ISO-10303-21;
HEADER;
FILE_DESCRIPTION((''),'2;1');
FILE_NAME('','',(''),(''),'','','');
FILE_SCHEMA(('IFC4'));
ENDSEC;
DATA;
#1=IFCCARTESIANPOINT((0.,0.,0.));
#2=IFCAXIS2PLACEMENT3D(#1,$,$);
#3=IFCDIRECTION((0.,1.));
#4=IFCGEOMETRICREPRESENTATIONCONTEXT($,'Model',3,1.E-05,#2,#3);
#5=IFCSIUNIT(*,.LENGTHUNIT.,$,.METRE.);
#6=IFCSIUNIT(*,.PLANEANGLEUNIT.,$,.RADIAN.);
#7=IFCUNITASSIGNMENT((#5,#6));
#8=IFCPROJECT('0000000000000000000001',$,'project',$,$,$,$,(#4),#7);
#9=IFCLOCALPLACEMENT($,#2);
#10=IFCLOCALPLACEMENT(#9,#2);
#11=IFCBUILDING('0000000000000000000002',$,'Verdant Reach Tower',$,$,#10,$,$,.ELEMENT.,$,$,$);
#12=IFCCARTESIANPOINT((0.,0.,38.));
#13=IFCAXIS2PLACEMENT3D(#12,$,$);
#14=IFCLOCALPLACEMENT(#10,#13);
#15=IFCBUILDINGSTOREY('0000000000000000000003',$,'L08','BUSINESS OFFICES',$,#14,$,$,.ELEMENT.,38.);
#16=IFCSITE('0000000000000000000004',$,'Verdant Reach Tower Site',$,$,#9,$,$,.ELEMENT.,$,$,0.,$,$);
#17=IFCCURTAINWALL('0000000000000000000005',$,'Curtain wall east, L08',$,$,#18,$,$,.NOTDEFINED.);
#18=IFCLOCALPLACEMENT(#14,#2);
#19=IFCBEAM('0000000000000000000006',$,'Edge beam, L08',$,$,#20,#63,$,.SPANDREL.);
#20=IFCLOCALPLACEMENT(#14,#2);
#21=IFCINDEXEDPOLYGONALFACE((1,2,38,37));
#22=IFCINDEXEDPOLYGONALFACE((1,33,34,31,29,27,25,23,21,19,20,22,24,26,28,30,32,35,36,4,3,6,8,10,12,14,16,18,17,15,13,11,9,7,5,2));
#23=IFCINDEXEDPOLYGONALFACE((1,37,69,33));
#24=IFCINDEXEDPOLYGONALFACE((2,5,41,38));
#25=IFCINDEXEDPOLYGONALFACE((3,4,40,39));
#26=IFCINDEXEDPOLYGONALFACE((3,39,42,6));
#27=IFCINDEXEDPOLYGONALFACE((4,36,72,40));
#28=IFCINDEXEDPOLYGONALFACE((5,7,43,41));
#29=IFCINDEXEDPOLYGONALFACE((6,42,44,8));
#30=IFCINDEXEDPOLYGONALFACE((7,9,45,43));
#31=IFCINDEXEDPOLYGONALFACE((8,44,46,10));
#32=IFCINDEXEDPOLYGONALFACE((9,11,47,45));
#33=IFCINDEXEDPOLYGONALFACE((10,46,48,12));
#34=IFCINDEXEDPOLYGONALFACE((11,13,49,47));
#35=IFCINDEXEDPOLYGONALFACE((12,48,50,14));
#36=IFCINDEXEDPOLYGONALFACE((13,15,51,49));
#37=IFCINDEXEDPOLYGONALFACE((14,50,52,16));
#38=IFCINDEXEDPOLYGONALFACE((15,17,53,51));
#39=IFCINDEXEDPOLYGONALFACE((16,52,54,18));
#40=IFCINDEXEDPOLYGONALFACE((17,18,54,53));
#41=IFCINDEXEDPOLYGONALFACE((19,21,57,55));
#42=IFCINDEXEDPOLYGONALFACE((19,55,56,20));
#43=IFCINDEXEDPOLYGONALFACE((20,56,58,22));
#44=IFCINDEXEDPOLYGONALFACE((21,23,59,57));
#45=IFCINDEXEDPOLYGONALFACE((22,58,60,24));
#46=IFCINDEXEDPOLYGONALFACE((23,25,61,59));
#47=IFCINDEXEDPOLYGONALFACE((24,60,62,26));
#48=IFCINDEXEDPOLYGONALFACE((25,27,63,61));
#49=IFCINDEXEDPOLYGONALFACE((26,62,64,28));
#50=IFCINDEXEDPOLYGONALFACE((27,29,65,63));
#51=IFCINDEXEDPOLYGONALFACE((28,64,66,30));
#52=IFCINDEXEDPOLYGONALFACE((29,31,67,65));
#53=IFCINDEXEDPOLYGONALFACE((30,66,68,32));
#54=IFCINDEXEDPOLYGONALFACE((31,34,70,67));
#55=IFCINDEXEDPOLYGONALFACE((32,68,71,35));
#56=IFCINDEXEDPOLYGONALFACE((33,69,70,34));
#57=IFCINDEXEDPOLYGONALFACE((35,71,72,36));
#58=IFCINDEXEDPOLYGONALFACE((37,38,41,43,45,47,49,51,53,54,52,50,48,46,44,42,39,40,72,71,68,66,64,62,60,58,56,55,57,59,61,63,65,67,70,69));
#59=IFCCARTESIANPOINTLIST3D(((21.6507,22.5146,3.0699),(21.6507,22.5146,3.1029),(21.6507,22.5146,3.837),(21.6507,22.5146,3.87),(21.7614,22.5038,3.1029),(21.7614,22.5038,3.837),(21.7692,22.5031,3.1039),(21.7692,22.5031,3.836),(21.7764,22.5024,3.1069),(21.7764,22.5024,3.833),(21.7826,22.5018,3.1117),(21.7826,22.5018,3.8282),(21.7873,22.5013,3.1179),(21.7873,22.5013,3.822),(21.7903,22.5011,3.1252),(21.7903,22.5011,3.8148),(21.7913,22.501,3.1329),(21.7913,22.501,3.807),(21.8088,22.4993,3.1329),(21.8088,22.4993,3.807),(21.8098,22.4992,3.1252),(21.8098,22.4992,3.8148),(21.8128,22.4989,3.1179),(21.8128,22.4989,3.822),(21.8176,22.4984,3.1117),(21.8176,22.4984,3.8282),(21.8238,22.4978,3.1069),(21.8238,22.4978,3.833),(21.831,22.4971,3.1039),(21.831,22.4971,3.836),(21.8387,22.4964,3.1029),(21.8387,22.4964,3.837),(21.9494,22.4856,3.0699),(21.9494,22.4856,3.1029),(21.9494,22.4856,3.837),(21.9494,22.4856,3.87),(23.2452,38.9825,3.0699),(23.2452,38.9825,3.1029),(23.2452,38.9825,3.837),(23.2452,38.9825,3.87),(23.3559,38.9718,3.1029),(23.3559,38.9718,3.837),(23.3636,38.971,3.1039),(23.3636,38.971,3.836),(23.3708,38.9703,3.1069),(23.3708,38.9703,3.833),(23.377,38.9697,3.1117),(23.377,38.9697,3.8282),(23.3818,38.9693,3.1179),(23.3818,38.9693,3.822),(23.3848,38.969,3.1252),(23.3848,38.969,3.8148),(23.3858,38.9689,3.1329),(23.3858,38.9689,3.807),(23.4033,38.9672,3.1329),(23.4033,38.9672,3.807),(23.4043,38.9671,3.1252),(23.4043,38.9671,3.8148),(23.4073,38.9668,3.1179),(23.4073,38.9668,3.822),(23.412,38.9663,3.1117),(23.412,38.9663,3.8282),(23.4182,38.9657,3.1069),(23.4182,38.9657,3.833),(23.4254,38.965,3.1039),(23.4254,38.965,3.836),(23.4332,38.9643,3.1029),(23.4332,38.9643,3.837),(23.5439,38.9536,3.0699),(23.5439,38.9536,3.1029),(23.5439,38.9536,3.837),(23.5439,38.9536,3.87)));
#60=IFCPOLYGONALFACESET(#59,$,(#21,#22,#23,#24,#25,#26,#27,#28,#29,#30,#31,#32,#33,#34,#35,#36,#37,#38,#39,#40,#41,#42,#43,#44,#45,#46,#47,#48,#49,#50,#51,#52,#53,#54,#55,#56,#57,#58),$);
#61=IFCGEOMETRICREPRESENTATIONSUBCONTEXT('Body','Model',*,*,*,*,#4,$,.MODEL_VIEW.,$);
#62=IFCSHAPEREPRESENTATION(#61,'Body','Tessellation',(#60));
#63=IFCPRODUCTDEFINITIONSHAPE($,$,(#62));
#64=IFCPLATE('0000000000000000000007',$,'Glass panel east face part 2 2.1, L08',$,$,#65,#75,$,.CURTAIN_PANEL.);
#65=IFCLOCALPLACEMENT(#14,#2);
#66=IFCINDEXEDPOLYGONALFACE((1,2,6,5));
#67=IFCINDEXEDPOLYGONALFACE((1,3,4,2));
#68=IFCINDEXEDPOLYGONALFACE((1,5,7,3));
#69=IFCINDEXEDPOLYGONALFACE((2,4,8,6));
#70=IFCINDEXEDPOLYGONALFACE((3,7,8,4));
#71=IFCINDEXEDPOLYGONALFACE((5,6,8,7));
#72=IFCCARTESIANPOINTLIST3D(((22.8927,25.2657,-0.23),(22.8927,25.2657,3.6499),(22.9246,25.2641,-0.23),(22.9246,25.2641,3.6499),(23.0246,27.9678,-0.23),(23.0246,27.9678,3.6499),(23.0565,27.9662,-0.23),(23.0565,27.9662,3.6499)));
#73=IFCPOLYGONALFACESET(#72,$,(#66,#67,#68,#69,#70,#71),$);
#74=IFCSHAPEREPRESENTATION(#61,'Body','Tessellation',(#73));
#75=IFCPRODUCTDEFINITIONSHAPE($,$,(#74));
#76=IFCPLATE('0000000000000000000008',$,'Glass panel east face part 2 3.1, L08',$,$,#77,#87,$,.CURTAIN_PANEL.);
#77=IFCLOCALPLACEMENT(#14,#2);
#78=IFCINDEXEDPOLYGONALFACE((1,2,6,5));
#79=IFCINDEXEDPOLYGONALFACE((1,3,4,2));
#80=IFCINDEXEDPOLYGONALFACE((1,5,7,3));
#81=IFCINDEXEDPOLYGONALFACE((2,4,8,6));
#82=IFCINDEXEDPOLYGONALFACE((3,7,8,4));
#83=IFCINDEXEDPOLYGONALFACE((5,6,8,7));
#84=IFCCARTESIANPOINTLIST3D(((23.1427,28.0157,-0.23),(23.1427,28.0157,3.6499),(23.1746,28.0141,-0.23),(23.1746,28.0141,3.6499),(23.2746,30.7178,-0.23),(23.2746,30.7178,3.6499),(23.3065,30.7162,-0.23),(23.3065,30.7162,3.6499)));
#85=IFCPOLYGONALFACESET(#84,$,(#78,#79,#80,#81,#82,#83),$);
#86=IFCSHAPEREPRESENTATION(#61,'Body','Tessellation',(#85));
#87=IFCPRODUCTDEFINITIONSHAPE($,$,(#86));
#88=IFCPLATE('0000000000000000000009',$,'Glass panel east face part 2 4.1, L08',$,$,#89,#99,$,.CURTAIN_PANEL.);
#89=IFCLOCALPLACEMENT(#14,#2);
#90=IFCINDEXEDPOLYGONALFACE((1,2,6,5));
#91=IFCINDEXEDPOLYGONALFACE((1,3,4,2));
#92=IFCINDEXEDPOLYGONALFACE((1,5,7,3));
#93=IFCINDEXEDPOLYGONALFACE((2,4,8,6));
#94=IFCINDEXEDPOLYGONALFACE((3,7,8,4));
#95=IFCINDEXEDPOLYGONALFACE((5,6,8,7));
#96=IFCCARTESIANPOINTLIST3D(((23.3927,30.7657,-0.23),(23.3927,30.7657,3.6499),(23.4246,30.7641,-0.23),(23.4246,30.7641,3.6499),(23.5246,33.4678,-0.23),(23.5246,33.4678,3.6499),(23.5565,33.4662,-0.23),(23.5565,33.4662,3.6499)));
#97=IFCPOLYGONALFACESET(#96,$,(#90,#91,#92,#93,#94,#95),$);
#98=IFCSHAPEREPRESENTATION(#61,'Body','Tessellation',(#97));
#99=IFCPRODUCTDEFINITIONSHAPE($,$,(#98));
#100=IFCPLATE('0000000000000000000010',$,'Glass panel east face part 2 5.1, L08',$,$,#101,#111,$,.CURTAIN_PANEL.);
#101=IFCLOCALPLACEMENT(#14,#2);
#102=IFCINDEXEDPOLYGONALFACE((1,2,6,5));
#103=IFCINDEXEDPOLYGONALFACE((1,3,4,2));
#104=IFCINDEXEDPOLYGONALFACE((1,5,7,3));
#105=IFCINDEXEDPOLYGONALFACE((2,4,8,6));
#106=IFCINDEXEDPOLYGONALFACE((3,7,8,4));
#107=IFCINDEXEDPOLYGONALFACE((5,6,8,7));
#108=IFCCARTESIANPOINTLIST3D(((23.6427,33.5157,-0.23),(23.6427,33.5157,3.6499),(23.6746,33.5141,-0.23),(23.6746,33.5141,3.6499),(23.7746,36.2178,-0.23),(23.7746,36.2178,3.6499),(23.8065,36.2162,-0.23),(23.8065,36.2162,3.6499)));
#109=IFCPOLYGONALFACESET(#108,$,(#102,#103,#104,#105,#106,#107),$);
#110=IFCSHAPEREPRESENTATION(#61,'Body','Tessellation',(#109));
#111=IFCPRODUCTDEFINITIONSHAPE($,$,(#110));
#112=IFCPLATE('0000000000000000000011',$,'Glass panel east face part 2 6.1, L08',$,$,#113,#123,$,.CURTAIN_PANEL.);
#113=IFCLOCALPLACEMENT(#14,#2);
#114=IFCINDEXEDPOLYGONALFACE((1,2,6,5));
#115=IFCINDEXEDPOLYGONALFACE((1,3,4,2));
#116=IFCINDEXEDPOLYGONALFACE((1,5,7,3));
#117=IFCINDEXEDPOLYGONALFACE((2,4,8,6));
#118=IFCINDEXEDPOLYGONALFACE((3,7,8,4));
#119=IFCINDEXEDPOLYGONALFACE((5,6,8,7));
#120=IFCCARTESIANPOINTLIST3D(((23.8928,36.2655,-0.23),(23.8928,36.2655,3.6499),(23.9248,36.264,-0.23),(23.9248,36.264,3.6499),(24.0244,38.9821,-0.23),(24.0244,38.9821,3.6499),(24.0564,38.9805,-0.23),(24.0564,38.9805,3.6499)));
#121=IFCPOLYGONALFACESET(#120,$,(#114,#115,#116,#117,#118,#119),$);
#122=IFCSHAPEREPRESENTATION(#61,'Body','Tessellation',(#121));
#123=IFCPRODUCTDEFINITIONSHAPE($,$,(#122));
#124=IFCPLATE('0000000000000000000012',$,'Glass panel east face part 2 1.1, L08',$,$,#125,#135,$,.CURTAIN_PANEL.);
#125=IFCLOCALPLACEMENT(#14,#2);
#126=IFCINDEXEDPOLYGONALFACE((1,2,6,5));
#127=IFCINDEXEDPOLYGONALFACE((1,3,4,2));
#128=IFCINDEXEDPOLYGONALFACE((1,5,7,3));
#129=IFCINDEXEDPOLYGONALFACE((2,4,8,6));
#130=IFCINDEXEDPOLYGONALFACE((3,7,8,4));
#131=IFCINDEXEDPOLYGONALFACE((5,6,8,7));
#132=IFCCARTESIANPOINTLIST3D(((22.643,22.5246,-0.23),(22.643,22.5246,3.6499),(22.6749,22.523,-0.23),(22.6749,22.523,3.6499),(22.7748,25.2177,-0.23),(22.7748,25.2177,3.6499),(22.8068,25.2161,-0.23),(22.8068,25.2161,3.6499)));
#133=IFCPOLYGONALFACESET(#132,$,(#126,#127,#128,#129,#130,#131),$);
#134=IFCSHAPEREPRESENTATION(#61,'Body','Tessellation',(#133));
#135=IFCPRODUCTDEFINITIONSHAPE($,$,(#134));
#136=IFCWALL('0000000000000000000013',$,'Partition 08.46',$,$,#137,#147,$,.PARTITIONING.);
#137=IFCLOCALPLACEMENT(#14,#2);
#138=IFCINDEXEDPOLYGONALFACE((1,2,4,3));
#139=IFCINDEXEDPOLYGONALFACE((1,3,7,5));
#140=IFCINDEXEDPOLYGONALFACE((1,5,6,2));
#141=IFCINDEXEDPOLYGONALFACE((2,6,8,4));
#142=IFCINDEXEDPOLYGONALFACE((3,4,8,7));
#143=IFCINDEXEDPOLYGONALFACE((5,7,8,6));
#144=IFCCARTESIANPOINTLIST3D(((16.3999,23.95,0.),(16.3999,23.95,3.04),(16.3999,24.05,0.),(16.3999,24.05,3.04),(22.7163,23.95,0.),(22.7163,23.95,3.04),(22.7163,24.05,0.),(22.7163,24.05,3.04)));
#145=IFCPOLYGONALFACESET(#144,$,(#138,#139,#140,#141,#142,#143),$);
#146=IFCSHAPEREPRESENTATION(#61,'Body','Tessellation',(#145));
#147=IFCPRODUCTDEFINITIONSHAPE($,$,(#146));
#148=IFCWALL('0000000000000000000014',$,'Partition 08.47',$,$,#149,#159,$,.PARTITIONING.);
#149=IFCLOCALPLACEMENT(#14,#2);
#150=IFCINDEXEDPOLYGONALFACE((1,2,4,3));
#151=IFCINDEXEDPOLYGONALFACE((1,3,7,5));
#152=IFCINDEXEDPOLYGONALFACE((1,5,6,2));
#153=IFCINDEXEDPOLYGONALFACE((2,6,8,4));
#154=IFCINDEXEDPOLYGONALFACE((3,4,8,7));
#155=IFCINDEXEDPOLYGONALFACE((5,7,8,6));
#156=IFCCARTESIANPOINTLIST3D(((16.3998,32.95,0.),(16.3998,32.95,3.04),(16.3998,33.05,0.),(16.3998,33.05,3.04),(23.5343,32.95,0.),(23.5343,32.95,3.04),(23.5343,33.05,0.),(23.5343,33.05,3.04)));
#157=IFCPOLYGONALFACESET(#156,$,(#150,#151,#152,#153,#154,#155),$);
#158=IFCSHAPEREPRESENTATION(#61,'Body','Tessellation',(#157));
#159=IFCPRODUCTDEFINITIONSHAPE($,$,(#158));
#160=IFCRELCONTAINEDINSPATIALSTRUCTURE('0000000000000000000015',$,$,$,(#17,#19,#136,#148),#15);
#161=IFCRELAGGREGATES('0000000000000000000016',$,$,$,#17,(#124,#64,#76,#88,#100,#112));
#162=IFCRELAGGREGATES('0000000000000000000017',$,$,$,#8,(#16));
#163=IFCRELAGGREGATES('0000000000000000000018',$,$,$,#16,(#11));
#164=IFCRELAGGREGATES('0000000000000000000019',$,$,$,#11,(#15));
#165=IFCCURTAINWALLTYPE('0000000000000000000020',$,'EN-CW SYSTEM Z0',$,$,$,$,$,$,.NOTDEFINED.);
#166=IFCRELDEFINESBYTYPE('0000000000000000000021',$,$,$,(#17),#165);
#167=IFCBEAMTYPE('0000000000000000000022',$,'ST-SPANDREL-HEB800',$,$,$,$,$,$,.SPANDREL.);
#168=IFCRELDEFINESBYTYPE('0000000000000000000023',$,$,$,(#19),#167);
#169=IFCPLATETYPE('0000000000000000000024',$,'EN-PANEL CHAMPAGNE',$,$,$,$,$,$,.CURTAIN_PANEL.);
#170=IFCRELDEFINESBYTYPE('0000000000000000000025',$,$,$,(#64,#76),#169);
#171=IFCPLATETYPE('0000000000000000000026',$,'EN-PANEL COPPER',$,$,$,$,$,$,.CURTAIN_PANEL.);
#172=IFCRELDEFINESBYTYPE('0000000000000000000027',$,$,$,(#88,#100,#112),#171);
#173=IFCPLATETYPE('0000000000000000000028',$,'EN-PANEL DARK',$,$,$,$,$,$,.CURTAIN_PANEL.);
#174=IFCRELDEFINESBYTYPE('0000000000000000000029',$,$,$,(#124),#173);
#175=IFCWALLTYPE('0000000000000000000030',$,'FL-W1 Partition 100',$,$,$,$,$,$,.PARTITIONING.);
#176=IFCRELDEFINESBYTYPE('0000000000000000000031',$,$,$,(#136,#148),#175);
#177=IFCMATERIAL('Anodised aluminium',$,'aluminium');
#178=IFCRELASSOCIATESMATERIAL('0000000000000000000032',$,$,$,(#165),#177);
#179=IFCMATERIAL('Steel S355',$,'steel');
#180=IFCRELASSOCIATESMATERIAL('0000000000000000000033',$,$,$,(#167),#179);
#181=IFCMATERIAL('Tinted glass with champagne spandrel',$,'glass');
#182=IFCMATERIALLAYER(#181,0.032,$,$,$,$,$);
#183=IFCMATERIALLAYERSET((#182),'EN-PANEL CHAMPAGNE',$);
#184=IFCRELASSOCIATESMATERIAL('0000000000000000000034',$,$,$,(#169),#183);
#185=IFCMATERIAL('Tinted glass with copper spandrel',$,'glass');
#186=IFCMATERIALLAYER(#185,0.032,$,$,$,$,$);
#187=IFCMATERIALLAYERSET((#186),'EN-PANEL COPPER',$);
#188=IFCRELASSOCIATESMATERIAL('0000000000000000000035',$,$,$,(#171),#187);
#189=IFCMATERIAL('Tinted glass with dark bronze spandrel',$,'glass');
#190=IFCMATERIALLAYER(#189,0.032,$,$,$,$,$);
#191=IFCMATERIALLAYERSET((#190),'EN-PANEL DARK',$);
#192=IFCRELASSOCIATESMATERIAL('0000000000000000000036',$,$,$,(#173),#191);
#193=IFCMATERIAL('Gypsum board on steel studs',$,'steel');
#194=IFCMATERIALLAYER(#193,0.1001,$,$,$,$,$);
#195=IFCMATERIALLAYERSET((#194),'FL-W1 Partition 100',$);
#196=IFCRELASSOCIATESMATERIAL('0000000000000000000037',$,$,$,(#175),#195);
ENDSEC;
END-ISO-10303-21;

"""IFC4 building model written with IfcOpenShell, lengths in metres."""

from ifc_helpers import new_model, si_unit, direction, frame, frame_2d, origin, origin_2d, place, context, subcontext, project, spatial, rectangle, i_section, extrude, material, layer, layer_set, material_profile, profile_set, type_object, element, aggregate, save


model = new_model("IFC4")

# Units and contexts
model_context = context("Model", 3, precision=1e-05, world=origin(), true_north=direction((0.0, 1.0)))
body_context = subcontext(model_context, "Body", "Model", "MODEL_VIEW")
ifc_project = project(units=[si_unit("LENGTHUNIT", "METRE"), si_unit("PLANEANGLEUNIT", "RADIAN")], contexts=[model_context])

# Site, building, storey
site_placement = place(None, origin())
site = spatial("IfcSite", under=ifc_project, at=site_placement, Name="Verdant Reach Tower Site", CompositionType="ELEMENT", RefElevation=0.0)
building_placement = place(site_placement, origin())
building = spatial("IfcBuilding", under=site, at=building_placement, Name="Verdant Reach Tower", CompositionType="ELEMENT")
storey_placement = place(building_placement, frame((0.0, 0.0, 38.0)))
storey = spatial("IfcBuildingStorey", under=building, at=storey_placement, Name="L08", Description="BUSINESS OFFICES", CompositionType="ELEMENT", Elevation=38.0)

# Curtain wall
ifc_material_1 = material(Name="Anodised aluminium", Category="aluminium")
curtain_wall_type = type_object("IfcCurtainWallType", Name="EN-CW SYSTEM Z0", PredefinedType="NOTDEFINED", material=ifc_material_1)
curtain_wall_1_placement = place(storey_placement, origin())
curtain_wall_1 = element("IfcCurtainWall", 1, at=curtain_wall_1_placement, inside=storey, type_object=curtain_wall_type, Name="Curtain wall east, L08", PredefinedType="NOTDEFINED")

# Beam
ifc_material_2 = material(Name="Steel S355", Category="steel")
ifc_material_profile_1 = material_profile(ifc_material_2, i_section(OverallWidth=0.3, OverallDepth=0.8, WebThickness=0.0176, FlangeThickness=0.033, FilletRadius=0.03, at=origin_2d()), Name="HEB 800")
ifc_profile_set_1 = profile_set([ifc_material_profile_1], Name="Steel S355")
beam_type_1 = type_object("IfcBeamType", Name="ST-SPANDREL-HEB800", PredefinedType="SPANDREL", material=ifc_profile_set_1)
beam_1_placement = place(storey_placement, frame((23.3945, 38.968, 3.47), z_axis=(-0.096372, -0.995345, 0.0), x_axis=(0.995345, -0.096372, 0.0)))
element("IfcBeam", 2, at=beam_1_placement, inside=storey, type_object=beam_type_1, Name="Edge beam, L08", PredefinedType="SPANDREL", context=body_context, shape_type="SweptSolid", body=[
    extrude(i_section(OverallWidth=0.3, OverallDepth=0.8, WebThickness=0.0176, FlangeThickness=0.033, FilletRadius=0.03, at=origin_2d()), origin(), (0.0, 0.0, 1.0), 16.5449),
])

# Plates
ifc_material_3 = material(Name="Tinted glass with champagne spandrel", Category="glass")
ifc_layer_1 = layer(ifc_material_3, 0.032)
ifc_layer_set_1 = layer_set([ifc_layer_1], Name="EN-PANEL CHAMPAGNE")
plate_type_1 = type_object("IfcPlateType", Name="EN-PANEL CHAMPAGNE", PredefinedType="CURTAIN_PANEL", material=ifc_layer_set_1)
plate_1_placement = place(storey_placement, frame((22.9746, 26.616, -0.23), z_axis=(0.0, 0.0, 1.0), x_axis=(0.048753, 0.998811, 0.0)))
plate_1 = element("IfcPlate", 3, at=plate_1_placement, type_object=plate_type_1, Name="Glass panel east face part 2 2.1, L08", PredefinedType="CURTAIN_PANEL", context=body_context, shape_type="SweptSolid", body=[
    extrude(rectangle(XDim=2.7053, YDim=0.032, at=origin_2d()), origin(), (0.0, 0.0, 1.0), 3.8799),
])
plate_2_placement = place(storey_placement, frame((23.2246, 29.366, -0.23), z_axis=(0.0, 0.0, 1.0), x_axis=(0.048753, 0.998811, 0.0)))
plate_2 = element("IfcPlate", 4, at=plate_2_placement, type_object=plate_type_1, Name="Glass panel east face part 2 3.1, L08", PredefinedType="CURTAIN_PANEL", context=body_context, shape_type="SweptSolid", body=[
    extrude(rectangle(XDim=2.7053, YDim=0.032, at=origin_2d()), origin(), (0.0, 0.0, 1.0), 3.8799),
])
ifc_material_4 = material(Name="Tinted glass with copper spandrel", Category="glass")
ifc_layer_2 = layer(ifc_material_4, 0.032)
ifc_layer_set_2 = layer_set([ifc_layer_2], Name="EN-PANEL COPPER")
plate_type_2 = type_object("IfcPlateType", Name="EN-PANEL COPPER", PredefinedType="CURTAIN_PANEL", material=ifc_layer_set_2)
plate_3_placement = place(storey_placement, frame((23.4746, 32.116, -0.23), z_axis=(0.0, 0.0, 1.0), x_axis=(0.048753, 0.998811, 0.0)))
plate_3 = element("IfcPlate", 5, at=plate_3_placement, type_object=plate_type_2, Name="Glass panel east face part 2 4.1, L08", PredefinedType="CURTAIN_PANEL", context=body_context, shape_type="SweptSolid", body=[
    extrude(rectangle(XDim=2.7053, YDim=0.032, at=origin_2d()), origin(), (0.0, 0.0, 1.0), 3.8799),
])
plate_4_placement = place(storey_placement, frame((23.7246, 34.866, -0.23), z_axis=(0.0, 0.0, 1.0), x_axis=(0.048753, 0.998811, 0.0)))
plate_4 = element("IfcPlate", 6, at=plate_4_placement, type_object=plate_type_2, Name="Glass panel east face part 2 5.1, L08", PredefinedType="CURTAIN_PANEL", context=body_context, shape_type="SweptSolid", body=[
    extrude(rectangle(XDim=2.7053, YDim=0.032, at=origin_2d()), origin(), (0.0, 0.0, 1.0), 3.8799),
])
plate_5_placement = place(storey_placement, frame((23.9746, 37.623, -0.23), z_axis=(0.0, 0.0, 1.0), x_axis=(0.048383, 0.998829, 0.0)))
plate_5 = element("IfcPlate", 7, at=plate_5_placement, type_object=plate_type_2, Name="Glass panel east face part 2 6.1, L08", PredefinedType="CURTAIN_PANEL", context=body_context, shape_type="SweptSolid", body=[
    extrude(rectangle(XDim=2.7197, YDim=0.032, at=origin_2d()), origin(), (0.0, 0.0, 1.0), 3.8799),
])
ifc_material_5 = material(Name="Tinted glass with dark bronze spandrel", Category="glass")
ifc_layer_3 = layer(ifc_material_5, 0.032)
ifc_layer_set_3 = layer_set([ifc_layer_3], Name="EN-PANEL DARK")
plate_type_3 = type_object("IfcPlateType", Name="EN-PANEL DARK", PredefinedType="CURTAIN_PANEL", material=ifc_layer_set_3)
plate_6_placement = place(storey_placement, frame((22.7249, 23.8704, -0.23), z_axis=(0.0, 0.0, 1.0), x_axis=(0.048902, 0.998804, 0.0)))
plate_6 = element("IfcPlate", 8, at=plate_6_placement, type_object=plate_type_3, Name="Glass panel east face part 2 1.1, L08", PredefinedType="CURTAIN_PANEL", context=body_context, shape_type="SweptSolid", body=[
    extrude(rectangle(XDim=2.6963, YDim=0.032, at=origin_2d()), origin(), (0.0, 0.0, 1.0), 3.8799),
])
aggregate(curtain_wall_1, [plate_6, plate_1, plate_2, plate_3, plate_4, plate_5])

# Walls
ifc_material_6 = material(Name="Gypsum board on steel studs", Category="steel")
ifc_layer_4 = layer(ifc_material_6, 0.1001)
ifc_layer_set_4 = layer_set([ifc_layer_4], Name="FL-W1 Partition 100")
wall_type_1 = type_object("IfcWallType", Name="FL-W1 Partition 100", PredefinedType="PARTITIONING", material=ifc_layer_set_4)
wall_1_placement = place(storey_placement, frame((22.7163, 24.0, 0.0), z_axis=(0.0, 0.0, 1.0), x_axis=(-1.0, 0.0, 0.0)))
element("IfcWall", 9, at=wall_1_placement, inside=storey, type_object=wall_type_1, Name="Partition 08.46", PredefinedType="PARTITIONING", context=body_context, shape_type="SweptSolid", body=[
    extrude(rectangle(XDim=6.3164, YDim=0.1001, at=frame_2d((3.1582, 0.0))), origin(), (0.0, 0.0, 1.0), 3.04),
])
wall_2_placement = place(storey_placement, frame((23.5344, 33.0, 0.0), z_axis=(0.0, 0.0, 1.0), x_axis=(-1.0, 0.0, 0.0)))
element("IfcWall", 10, at=wall_2_placement, inside=storey, type_object=wall_type_1, Name="Partition 08.47", PredefinedType="PARTITIONING", context=body_context, shape_type="SweptSolid", body=[
    extrude(rectangle(XDim=7.1345, YDim=0.1001, at=frame_2d((3.5674, 0.0))), origin(), (0.0, 0.0, 1.0), 3.04),
])

save(model, "model.ifc")
